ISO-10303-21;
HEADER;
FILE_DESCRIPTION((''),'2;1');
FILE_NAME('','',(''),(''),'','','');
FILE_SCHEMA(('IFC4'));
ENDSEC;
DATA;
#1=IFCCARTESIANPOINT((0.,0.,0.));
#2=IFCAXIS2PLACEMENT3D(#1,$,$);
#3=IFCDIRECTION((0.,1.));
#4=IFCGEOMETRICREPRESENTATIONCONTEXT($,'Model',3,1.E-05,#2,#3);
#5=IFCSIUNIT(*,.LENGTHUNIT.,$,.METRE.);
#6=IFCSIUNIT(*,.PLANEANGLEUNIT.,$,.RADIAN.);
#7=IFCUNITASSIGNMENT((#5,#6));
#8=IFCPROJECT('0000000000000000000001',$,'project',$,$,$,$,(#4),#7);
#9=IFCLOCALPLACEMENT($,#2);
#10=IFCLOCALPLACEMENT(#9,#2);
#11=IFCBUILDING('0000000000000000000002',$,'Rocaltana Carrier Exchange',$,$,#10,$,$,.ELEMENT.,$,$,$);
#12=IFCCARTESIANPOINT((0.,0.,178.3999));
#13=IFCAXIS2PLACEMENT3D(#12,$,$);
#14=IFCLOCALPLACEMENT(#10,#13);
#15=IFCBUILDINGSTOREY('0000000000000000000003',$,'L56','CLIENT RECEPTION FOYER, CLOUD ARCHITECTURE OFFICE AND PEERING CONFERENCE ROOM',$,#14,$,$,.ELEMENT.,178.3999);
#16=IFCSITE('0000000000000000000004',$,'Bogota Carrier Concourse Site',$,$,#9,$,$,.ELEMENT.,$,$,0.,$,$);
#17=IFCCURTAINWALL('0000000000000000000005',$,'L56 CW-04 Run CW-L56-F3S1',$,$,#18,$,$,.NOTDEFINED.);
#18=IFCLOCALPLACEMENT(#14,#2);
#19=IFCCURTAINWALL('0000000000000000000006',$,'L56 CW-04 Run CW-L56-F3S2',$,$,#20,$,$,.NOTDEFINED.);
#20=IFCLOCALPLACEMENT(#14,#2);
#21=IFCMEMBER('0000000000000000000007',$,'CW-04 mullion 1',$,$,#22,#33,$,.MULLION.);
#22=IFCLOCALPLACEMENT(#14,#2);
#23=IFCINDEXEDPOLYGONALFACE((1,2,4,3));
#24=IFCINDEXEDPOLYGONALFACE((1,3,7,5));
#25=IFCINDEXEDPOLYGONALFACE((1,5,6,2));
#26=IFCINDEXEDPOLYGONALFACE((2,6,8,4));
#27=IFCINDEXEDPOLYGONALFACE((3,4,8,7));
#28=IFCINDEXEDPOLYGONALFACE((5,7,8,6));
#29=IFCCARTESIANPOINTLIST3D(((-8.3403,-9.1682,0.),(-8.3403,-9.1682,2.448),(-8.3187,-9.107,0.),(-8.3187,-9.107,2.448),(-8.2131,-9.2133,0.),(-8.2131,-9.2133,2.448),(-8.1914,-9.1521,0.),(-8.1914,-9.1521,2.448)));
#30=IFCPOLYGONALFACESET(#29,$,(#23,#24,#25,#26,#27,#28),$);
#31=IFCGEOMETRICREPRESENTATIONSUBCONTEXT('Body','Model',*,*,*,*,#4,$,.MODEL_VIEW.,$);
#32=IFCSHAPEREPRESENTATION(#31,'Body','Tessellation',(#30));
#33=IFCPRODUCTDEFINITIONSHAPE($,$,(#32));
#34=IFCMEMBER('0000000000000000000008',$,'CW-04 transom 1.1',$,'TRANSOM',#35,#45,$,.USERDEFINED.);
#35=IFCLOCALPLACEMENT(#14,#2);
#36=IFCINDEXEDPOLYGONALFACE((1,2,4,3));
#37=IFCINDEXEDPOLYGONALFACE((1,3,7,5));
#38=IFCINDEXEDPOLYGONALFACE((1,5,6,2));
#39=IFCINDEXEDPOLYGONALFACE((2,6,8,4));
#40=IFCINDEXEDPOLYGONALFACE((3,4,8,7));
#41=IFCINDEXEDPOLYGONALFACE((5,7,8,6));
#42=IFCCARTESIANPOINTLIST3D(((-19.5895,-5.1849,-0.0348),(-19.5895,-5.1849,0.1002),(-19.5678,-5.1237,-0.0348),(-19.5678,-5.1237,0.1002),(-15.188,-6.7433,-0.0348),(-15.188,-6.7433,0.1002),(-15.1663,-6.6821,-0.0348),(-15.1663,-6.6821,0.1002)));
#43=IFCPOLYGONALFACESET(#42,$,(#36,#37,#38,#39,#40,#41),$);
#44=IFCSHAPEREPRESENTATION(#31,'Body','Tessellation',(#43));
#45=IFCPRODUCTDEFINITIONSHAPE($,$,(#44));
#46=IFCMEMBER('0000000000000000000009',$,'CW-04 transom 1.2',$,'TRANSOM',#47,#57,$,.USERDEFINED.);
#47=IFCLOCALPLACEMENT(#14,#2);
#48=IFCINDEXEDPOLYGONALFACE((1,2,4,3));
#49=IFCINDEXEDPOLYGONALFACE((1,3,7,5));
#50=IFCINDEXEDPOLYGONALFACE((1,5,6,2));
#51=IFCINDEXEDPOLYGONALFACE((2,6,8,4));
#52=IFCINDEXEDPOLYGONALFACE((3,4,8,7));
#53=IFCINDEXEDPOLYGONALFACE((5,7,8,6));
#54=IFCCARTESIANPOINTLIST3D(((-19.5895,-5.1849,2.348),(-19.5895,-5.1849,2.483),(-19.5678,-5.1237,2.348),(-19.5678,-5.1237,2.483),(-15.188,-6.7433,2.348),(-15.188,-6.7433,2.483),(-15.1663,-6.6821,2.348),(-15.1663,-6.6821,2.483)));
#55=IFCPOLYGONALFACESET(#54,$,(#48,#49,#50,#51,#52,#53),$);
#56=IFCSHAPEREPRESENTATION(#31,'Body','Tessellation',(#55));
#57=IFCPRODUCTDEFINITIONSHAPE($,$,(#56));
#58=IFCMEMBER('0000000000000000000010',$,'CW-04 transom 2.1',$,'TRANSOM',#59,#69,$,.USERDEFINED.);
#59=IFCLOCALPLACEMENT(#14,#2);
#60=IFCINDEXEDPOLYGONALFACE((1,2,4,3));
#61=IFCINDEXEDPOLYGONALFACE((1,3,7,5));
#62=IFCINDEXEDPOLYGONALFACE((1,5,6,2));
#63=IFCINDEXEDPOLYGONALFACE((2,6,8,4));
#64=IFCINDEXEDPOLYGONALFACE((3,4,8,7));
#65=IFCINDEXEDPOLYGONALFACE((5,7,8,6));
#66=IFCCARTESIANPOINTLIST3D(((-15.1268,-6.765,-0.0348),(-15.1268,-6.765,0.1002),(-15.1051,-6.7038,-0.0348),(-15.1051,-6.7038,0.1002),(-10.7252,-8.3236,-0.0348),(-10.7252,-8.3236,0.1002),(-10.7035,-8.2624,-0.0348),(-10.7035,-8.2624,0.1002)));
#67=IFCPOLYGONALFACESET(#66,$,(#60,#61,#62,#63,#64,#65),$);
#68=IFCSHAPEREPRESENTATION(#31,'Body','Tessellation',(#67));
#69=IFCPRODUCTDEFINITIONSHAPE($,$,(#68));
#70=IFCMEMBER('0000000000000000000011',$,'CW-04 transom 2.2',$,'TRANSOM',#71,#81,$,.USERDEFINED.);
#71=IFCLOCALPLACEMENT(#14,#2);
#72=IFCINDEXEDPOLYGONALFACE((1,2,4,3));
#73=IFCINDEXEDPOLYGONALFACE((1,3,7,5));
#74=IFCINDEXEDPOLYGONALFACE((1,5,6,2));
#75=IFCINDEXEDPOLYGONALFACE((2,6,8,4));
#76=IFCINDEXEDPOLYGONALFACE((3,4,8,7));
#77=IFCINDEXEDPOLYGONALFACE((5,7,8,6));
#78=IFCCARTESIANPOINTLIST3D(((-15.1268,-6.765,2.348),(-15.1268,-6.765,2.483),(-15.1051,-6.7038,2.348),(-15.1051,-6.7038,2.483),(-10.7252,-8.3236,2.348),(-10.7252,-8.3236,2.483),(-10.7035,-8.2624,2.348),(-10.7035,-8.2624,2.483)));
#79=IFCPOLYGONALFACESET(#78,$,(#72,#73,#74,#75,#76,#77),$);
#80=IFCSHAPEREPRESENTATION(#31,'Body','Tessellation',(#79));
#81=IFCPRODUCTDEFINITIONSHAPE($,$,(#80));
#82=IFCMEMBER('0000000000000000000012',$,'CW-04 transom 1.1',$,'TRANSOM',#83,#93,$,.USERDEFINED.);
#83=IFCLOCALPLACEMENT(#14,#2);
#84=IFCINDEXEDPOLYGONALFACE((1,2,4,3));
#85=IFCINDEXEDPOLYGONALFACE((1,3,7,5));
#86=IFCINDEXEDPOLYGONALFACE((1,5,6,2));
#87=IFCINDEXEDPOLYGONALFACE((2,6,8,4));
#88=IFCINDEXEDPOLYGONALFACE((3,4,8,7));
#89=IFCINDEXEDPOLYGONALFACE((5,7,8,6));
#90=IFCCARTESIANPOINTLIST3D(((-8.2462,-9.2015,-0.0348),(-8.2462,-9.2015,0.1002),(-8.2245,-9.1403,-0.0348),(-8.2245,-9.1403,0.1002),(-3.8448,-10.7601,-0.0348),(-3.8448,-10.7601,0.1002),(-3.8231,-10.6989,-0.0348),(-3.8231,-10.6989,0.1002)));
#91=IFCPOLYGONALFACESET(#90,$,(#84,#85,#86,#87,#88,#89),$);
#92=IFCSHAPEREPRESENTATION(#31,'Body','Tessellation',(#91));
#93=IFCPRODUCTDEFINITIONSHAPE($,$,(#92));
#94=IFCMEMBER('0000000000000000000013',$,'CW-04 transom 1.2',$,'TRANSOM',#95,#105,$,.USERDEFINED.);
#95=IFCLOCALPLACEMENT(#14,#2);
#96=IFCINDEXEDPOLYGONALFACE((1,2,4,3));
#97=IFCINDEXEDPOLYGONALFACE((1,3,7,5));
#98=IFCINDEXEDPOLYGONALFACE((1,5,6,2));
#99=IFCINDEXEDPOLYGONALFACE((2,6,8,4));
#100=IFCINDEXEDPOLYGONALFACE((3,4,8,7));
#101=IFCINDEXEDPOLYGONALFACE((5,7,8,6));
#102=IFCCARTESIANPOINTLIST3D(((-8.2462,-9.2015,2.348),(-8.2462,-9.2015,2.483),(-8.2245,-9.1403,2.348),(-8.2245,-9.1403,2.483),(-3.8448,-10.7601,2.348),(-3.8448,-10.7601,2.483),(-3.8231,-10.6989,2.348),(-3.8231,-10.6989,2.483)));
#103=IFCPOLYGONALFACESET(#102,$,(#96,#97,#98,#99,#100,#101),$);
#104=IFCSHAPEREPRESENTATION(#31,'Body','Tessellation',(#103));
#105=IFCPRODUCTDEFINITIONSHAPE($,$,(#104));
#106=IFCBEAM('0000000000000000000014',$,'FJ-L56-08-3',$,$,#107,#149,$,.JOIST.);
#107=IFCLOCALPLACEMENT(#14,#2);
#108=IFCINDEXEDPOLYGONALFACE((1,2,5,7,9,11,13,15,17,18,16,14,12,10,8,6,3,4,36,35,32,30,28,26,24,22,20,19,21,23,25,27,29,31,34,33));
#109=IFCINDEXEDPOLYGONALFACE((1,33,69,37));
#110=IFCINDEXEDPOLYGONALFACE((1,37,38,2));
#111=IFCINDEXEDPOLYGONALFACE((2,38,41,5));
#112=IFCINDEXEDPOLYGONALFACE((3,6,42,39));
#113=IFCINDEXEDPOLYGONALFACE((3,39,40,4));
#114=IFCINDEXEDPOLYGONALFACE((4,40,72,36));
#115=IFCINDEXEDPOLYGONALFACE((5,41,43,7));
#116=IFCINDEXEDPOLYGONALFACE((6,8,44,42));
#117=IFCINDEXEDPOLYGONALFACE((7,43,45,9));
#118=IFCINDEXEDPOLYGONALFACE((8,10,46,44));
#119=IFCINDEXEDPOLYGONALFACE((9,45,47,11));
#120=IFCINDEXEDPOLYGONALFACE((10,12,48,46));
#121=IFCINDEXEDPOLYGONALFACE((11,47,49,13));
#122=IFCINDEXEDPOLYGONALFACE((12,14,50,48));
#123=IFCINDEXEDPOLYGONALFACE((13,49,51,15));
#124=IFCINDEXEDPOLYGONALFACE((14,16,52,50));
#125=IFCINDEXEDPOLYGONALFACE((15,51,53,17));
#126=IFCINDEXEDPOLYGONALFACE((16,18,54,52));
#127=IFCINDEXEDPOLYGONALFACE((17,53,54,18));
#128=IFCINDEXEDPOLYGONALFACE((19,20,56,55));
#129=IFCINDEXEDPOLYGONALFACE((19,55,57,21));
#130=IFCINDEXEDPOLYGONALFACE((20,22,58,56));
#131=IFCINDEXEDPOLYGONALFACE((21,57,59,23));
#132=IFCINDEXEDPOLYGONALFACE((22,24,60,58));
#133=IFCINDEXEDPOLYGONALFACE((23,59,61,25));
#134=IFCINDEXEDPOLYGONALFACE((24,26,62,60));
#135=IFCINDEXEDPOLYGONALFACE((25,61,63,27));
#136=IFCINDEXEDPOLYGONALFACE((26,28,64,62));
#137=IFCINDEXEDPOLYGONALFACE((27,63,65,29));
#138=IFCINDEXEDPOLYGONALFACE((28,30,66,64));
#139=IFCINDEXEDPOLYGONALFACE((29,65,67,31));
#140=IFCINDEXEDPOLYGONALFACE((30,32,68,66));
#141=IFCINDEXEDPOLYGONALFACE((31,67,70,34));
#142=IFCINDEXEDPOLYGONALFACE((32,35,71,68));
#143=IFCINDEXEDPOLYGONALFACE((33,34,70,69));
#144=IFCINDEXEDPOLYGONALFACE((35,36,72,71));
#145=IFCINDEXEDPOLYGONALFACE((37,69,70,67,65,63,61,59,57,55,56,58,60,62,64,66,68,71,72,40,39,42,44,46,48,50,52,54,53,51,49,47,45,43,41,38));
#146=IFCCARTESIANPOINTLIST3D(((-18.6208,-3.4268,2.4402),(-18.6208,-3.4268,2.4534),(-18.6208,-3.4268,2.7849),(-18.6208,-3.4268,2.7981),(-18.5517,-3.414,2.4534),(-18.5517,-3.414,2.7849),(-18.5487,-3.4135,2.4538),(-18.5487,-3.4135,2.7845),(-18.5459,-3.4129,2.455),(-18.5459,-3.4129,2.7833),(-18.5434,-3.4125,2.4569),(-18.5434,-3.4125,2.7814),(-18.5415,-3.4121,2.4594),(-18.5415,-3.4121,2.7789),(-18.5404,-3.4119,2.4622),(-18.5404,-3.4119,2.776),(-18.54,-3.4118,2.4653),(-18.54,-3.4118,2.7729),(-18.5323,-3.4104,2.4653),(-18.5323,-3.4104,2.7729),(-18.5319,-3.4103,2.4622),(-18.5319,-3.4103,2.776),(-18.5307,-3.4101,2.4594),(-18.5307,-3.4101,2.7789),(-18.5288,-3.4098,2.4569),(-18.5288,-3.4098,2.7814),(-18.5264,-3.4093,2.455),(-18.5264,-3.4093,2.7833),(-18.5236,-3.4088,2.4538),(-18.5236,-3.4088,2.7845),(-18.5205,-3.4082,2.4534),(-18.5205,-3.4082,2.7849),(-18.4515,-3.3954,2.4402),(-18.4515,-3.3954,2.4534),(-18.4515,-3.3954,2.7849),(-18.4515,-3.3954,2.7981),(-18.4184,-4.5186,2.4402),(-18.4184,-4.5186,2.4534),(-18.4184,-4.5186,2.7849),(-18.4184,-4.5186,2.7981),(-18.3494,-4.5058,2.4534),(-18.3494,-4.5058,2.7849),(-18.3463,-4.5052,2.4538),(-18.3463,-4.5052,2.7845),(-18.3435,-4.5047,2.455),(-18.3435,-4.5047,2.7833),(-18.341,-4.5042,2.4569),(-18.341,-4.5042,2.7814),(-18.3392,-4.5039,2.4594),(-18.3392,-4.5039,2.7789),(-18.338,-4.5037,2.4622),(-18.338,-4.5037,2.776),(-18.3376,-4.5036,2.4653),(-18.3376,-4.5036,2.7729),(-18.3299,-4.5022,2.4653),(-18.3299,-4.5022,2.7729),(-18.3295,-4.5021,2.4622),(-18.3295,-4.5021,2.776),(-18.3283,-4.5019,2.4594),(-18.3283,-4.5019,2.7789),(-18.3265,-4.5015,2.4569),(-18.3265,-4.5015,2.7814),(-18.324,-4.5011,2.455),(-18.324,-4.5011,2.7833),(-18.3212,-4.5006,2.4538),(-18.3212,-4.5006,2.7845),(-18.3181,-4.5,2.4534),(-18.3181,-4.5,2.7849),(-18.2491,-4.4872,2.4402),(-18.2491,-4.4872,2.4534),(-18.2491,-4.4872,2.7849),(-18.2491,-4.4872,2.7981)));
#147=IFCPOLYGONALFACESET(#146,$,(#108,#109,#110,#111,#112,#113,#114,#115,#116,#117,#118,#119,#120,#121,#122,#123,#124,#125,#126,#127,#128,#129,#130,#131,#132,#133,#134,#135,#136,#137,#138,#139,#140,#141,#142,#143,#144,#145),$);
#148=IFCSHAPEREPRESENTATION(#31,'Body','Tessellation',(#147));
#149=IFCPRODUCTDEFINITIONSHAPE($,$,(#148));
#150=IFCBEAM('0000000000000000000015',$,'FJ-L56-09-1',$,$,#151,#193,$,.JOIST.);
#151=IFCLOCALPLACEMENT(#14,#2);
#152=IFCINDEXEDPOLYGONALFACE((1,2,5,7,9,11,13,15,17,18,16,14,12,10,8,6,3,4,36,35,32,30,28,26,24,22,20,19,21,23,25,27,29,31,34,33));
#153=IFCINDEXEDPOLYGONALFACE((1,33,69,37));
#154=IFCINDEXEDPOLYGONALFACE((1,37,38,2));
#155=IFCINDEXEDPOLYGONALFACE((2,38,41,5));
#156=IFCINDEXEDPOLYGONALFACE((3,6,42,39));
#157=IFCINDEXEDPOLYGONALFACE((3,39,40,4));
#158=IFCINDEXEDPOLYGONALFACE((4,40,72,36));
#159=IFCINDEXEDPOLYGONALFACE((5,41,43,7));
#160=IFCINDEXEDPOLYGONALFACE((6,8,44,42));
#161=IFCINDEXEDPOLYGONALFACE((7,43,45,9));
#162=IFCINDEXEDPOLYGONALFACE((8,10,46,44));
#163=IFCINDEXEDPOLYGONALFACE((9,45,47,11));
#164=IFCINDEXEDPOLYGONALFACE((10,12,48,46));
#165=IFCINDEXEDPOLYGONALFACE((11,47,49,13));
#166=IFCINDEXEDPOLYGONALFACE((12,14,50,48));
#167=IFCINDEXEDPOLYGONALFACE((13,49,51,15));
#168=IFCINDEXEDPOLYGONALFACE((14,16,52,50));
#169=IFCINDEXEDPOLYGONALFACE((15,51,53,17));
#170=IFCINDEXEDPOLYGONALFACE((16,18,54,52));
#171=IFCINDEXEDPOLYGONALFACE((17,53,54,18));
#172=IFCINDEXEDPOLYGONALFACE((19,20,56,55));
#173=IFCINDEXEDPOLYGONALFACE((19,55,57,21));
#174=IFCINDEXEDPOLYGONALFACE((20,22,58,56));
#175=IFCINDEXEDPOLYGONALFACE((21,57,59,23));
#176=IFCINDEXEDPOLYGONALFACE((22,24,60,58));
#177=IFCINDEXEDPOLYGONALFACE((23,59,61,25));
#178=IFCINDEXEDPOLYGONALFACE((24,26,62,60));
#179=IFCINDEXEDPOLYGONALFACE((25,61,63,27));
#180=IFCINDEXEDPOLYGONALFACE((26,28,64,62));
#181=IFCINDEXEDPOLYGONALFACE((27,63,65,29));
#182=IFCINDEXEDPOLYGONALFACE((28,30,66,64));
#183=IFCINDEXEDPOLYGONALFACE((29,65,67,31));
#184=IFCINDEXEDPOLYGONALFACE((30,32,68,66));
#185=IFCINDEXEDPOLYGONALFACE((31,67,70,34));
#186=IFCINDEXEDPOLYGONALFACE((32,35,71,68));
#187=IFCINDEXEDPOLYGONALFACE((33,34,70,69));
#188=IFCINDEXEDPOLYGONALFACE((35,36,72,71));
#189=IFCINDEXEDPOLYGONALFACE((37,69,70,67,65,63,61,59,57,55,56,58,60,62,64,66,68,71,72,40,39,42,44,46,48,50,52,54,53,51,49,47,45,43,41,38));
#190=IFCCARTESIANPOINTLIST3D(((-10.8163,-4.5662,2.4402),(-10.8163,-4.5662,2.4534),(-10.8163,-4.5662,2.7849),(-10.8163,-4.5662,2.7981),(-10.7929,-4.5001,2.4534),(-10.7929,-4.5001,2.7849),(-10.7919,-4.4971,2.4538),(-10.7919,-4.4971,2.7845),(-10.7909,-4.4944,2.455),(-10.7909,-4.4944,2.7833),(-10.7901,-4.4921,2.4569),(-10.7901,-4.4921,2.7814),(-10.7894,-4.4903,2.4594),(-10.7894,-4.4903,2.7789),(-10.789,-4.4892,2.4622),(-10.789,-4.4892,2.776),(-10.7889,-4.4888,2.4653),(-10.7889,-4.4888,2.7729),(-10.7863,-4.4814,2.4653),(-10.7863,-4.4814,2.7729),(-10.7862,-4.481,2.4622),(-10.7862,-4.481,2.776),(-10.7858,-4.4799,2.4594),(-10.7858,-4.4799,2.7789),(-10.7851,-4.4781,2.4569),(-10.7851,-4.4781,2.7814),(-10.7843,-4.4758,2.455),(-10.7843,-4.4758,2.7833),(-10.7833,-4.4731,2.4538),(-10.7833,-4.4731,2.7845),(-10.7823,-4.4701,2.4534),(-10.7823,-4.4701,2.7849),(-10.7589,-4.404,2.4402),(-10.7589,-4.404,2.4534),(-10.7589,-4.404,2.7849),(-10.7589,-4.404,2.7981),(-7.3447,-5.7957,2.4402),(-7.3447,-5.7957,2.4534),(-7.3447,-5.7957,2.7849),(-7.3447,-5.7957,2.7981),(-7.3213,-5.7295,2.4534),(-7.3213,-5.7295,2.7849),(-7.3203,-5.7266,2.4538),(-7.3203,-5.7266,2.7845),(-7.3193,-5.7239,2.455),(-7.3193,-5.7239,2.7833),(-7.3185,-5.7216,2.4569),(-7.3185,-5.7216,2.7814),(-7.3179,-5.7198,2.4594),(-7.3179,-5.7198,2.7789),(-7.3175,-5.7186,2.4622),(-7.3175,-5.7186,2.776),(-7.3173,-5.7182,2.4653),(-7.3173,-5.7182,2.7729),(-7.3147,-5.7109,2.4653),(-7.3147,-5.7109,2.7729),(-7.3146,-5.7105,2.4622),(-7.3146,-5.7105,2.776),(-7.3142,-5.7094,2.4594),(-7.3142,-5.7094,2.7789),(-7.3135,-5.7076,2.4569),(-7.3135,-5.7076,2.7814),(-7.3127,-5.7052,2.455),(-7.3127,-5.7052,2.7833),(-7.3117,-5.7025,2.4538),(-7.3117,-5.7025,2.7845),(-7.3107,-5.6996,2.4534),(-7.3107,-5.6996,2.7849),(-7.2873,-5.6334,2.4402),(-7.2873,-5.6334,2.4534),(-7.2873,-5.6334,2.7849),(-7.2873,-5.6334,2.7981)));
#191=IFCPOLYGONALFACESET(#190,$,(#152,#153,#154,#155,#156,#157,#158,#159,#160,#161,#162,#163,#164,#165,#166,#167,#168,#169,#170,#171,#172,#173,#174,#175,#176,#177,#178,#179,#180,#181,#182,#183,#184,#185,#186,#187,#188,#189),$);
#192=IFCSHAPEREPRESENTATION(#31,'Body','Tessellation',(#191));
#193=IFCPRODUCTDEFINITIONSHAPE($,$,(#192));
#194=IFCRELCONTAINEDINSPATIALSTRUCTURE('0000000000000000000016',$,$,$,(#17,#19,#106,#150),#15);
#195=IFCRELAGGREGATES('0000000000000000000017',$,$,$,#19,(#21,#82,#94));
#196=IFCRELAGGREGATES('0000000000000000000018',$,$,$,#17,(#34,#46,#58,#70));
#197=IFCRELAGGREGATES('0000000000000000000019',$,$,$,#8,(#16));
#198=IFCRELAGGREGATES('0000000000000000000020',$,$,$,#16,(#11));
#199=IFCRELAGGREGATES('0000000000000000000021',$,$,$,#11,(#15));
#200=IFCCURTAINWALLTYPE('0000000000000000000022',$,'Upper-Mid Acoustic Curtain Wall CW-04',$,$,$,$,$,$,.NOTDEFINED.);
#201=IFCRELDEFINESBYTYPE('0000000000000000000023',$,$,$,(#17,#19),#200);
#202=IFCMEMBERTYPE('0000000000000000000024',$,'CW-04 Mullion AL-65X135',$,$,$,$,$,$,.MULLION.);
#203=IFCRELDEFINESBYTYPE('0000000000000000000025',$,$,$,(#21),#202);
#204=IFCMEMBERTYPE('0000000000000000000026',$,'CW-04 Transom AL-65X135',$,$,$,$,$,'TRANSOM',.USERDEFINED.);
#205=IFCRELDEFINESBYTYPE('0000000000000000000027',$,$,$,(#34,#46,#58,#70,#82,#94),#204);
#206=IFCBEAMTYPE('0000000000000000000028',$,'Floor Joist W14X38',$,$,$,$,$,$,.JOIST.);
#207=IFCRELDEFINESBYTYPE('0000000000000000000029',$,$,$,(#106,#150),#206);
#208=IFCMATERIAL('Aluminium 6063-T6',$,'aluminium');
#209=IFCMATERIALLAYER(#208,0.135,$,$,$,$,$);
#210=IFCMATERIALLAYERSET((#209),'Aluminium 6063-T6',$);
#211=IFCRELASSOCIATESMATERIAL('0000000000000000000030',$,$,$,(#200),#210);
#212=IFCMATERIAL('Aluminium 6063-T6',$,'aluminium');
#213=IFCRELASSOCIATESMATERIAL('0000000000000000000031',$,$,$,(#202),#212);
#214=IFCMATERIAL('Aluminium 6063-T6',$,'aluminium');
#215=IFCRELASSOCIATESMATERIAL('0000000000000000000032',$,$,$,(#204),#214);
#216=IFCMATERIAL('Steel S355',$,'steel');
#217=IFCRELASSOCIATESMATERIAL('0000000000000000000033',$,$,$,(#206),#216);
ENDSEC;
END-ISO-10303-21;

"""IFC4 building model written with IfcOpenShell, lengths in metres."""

from ifc_helpers import new_model, si_unit, direction, frame, origin, origin_2d, place, context, subcontext, project, spatial, rectangle, i_section, extrude, material, layer, layer_set, material_profile, profile_set, type_object, element, aggregate, save


model = new_model("IFC4")

# Units and contexts
model_context = context("Model", 3, precision=1e-05, world=origin(), true_north=direction((0.0, 1.0)))
body_context = subcontext(model_context, "Body", "Model", "MODEL_VIEW")
ifc_project = project(units=[si_unit("LENGTHUNIT", "METRE"), si_unit("PLANEANGLEUNIT", "RADIAN")], contexts=[model_context])

# Site, building, storey
site_placement = place(None, origin())
site = spatial("IfcSite", under=ifc_project, at=site_placement, Name="Bogota Carrier Concourse Site", CompositionType="ELEMENT", RefElevation=0.0)
building_placement = place(site_placement, origin())
building = spatial("IfcBuilding", under=site, at=building_placement, Name="Rocaltana Carrier Exchange", CompositionType="ELEMENT")
storey_placement = place(building_placement, frame((0.0, 0.0, 178.3999)))
storey = spatial("IfcBuildingStorey", under=building, at=storey_placement, Name="L56", Description="CLIENT RECEPTION FOYER, CLOUD ARCHITECTURE OFFICE AND PEERING CONFERENCE ROOM", CompositionType="ELEMENT", Elevation=178.3999)

# Shared definitions
ifc_material_1 = material(Name="Aluminium 6063-T6", Category="aluminium")
ifc_layer_1 = layer(ifc_material_1, 0.135)
ifc_layer_set_1 = layer_set([ifc_layer_1], Name="Aluminium 6063-T6")
curtain_wall_type = type_object("IfcCurtainWallType", Name="Upper-Mid Acoustic Curtain Wall CW-04", PredefinedType="NOTDEFINED", material=ifc_layer_set_1)
ifc_material_2 = material(Name="Aluminium 6063-T6", Category="aluminium")
ifc_material_profile_1 = material_profile(ifc_material_2, rectangle(XDim=0.0649, YDim=0.135, at=origin_2d()), Name="AL-65X135")
ifc_profile_set_1 = profile_set([ifc_material_profile_1], Name="Aluminium 6063-T6")
member_type_1 = type_object("IfcMemberType", Name="CW-04 Mullion AL-65X135", PredefinedType="MULLION", material=ifc_profile_set_1)

# Curtain wall
curtain_wall_1_placement = place(storey_placement, origin())
curtain_wall_1 = element("IfcCurtainWall", 1, at=curtain_wall_1_placement, inside=storey, type_object=curtain_wall_type, Name="L56 CW-04 Run CW-L56-F3S1", PredefinedType="NOTDEFINED")

# Curtain wall, member
curtain_wall_2_placement = place(storey_placement, origin())
curtain_wall_2 = element("IfcCurtainWall", 2, at=curtain_wall_2_placement, inside=storey, type_object=curtain_wall_type, Name="L56 CW-04 Run CW-L56-F3S2", PredefinedType="NOTDEFINED")
member_1_placement = place(storey_placement, frame((-8.2659, -9.1602, 0.0), z_axis=(0.0, 0.0, 1.0), x_axis=(0.333799, 0.942644, 0.0)))
member_1 = element("IfcMember", 3, at=member_1_placement, type_object=member_type_1, Name="CW-04 mullion 1", PredefinedType="MULLION", context=body_context, shape_type="SweptSolid", body=[
    extrude(rectangle(XDim=0.0649, YDim=0.135, at=origin_2d()), origin(), (0.0, 0.0, 1.0), 2.448),
])

# Members
ifc_material_3 = material(Name="Aluminium 6063-T6", Category="aluminium")
ifc_material_profile_2 = material_profile(ifc_material_3, rectangle(XDim=0.0649, YDim=0.135, at=origin_2d()), Name="AL-65X135")
ifc_profile_set_2 = profile_set([ifc_material_profile_2], Name="Aluminium 6063-T6")
member_type_2 = type_object("IfcMemberType", Name="CW-04 Transom AL-65X135", ElementType="TRANSOM", PredefinedType="USERDEFINED", material=ifc_profile_set_2)
member_2_placement = place(storey_placement, frame((-19.5786, -5.1543, 0.0327), z_axis=(0.942659, -0.333758, 0.0), x_axis=(0.333758, 0.942659, 0.0)))
member_2 = element("IfcMember", 4, at=member_2_placement, type_object=member_type_2, Name="CW-04 transom 1.1", ObjectType="TRANSOM", PredefinedType="USERDEFINED", context=body_context, shape_type="SweptSolid", body=[
    extrude(rectangle(XDim=0.0649, YDim=0.135, at=origin_2d()), origin(), (0.0, 0.0, 1.0), 4.6692),
])
member_3_placement = place(storey_placement, frame((-19.5786, -5.1543, 2.4155), z_axis=(0.942659, -0.333758, 0.0), x_axis=(0.333758, 0.942659, 0.0)))
member_3 = element("IfcMember", 5, at=member_3_placement, type_object=member_type_2, Name="CW-04 transom 1.2", ObjectType="TRANSOM", PredefinedType="USERDEFINED", context=body_context, shape_type="SweptSolid", body=[
    extrude(rectangle(XDim=0.0649, YDim=0.135, at=origin_2d()), origin(), (0.0, 0.0, 1.0), 4.6692),
])
member_4_placement = place(storey_placement, frame((-15.116, -6.7344, 0.0327), z_axis=(0.942648, -0.333788, 0.0), x_axis=(0.333788, 0.942648, 0.0)))
member_4 = element("IfcMember", 6, at=member_4_placement, type_object=member_type_2, Name="CW-04 transom 2.1", ObjectType="TRANSOM", PredefinedType="USERDEFINED", context=body_context, shape_type="SweptSolid", body=[
    extrude(rectangle(XDim=0.0649, YDim=0.135, at=origin_2d()), origin(), (0.0, 0.0, 1.0), 4.6694),
])
member_5_placement = place(storey_placement, frame((-15.116, -6.7344, 2.4155), z_axis=(0.942648, -0.333788, 0.0), x_axis=(0.333788, 0.942648, 0.0)))
member_5 = element("IfcMember", 7, at=member_5_placement, type_object=member_type_2, Name="CW-04 transom 2.2", ObjectType="TRANSOM", PredefinedType="USERDEFINED", context=body_context, shape_type="SweptSolid", body=[
    extrude(rectangle(XDim=0.0649, YDim=0.135, at=origin_2d()), origin(), (0.0, 0.0, 1.0), 4.6694),
])
member_6_placement = place(storey_placement, frame((-8.2354, -9.1709, 0.0327), z_axis=(0.942642, -0.333805, 0.0), x_axis=(0.333805, 0.942642, 0.0)))
member_6 = element("IfcMember", 8, at=member_6_placement, type_object=member_type_2, Name="CW-04 transom 1.1", ObjectType="TRANSOM", PredefinedType="USERDEFINED", context=body_context, shape_type="SweptSolid", body=[
    extrude(rectangle(XDim=0.0649, YDim=0.135, at=origin_2d()), origin(), (0.0, 0.0, 1.0), 4.6692),
])
member_7_placement = place(storey_placement, frame((-8.2354, -9.1709, 2.4155), z_axis=(0.942642, -0.333805, 0.0), x_axis=(0.333805, 0.942642, 0.0)))
member_7 = element("IfcMember", 9, at=member_7_placement, type_object=member_type_2, Name="CW-04 transom 1.2", ObjectType="TRANSOM", PredefinedType="USERDEFINED", context=body_context, shape_type="SweptSolid", body=[
    extrude(rectangle(XDim=0.0649, YDim=0.135, at=origin_2d()), origin(), (0.0, 0.0, 1.0), 4.6692),
])
aggregate(curtain_wall_2, [member_1, member_6, member_7])

# Beams
ifc_material_4 = material(Name="Steel S355", Category="steel")
ifc_material_profile_3 = material_profile(ifc_material_4, i_section(OverallWidth=0.1721, OverallDepth=0.3579, WebThickness=0.0078, FlangeThickness=0.0132, FilletRadius=0.012, at=origin_2d()), Name="W14X38")
ifc_profile_set_3 = profile_set([ifc_material_profile_3], Name="Steel S355")
beam_type_1 = type_object("IfcBeamType", Name="Floor Joist W14X38", PredefinedType="JOIST", material=ifc_profile_set_3)
beam_1_placement = place(storey_placement, frame((-18.5361, -3.4111, 2.6191), z_axis=(0.18227, -0.983248, 0.0), x_axis=(0.983248, 0.18227, 0.0)))
element("IfcBeam", 10, at=beam_1_placement, inside=storey, type_object=beam_type_1, Name="FJ-L56-08-3", PredefinedType="JOIST", context=body_context, shape_type="SweptSolid", body=[
    extrude(i_section(OverallWidth=0.1721, OverallDepth=0.3579, WebThickness=0.0078, FlangeThickness=0.0132, FilletRadius=0.012, at=origin_2d()), origin(), (0.0, 0.0, 1.0), 1.1104),
])
beam_2_placement = place(storey_placement, frame((-10.7876, -4.4851, 2.6191), z_axis=(0.942632, -0.333832, 0.0), x_axis=(0.333832, 0.942632, 0.0)))
element("IfcBeam", 11, at=beam_2_placement, inside=storey, type_object=beam_type_1, Name="FJ-L56-09-1", PredefinedType="JOIST", context=body_context, shape_type="SweptSolid", body=[
    extrude(i_section(OverallWidth=0.1721, OverallDepth=0.3579, WebThickness=0.0078, FlangeThickness=0.0132, FilletRadius=0.012, at=origin_2d()), origin(), (0.0, 0.0, 1.0), 3.6829),
])

aggregate(curtain_wall_1, [member_2, member_3, member_4, member_5])

save(model, "model.ifc")
